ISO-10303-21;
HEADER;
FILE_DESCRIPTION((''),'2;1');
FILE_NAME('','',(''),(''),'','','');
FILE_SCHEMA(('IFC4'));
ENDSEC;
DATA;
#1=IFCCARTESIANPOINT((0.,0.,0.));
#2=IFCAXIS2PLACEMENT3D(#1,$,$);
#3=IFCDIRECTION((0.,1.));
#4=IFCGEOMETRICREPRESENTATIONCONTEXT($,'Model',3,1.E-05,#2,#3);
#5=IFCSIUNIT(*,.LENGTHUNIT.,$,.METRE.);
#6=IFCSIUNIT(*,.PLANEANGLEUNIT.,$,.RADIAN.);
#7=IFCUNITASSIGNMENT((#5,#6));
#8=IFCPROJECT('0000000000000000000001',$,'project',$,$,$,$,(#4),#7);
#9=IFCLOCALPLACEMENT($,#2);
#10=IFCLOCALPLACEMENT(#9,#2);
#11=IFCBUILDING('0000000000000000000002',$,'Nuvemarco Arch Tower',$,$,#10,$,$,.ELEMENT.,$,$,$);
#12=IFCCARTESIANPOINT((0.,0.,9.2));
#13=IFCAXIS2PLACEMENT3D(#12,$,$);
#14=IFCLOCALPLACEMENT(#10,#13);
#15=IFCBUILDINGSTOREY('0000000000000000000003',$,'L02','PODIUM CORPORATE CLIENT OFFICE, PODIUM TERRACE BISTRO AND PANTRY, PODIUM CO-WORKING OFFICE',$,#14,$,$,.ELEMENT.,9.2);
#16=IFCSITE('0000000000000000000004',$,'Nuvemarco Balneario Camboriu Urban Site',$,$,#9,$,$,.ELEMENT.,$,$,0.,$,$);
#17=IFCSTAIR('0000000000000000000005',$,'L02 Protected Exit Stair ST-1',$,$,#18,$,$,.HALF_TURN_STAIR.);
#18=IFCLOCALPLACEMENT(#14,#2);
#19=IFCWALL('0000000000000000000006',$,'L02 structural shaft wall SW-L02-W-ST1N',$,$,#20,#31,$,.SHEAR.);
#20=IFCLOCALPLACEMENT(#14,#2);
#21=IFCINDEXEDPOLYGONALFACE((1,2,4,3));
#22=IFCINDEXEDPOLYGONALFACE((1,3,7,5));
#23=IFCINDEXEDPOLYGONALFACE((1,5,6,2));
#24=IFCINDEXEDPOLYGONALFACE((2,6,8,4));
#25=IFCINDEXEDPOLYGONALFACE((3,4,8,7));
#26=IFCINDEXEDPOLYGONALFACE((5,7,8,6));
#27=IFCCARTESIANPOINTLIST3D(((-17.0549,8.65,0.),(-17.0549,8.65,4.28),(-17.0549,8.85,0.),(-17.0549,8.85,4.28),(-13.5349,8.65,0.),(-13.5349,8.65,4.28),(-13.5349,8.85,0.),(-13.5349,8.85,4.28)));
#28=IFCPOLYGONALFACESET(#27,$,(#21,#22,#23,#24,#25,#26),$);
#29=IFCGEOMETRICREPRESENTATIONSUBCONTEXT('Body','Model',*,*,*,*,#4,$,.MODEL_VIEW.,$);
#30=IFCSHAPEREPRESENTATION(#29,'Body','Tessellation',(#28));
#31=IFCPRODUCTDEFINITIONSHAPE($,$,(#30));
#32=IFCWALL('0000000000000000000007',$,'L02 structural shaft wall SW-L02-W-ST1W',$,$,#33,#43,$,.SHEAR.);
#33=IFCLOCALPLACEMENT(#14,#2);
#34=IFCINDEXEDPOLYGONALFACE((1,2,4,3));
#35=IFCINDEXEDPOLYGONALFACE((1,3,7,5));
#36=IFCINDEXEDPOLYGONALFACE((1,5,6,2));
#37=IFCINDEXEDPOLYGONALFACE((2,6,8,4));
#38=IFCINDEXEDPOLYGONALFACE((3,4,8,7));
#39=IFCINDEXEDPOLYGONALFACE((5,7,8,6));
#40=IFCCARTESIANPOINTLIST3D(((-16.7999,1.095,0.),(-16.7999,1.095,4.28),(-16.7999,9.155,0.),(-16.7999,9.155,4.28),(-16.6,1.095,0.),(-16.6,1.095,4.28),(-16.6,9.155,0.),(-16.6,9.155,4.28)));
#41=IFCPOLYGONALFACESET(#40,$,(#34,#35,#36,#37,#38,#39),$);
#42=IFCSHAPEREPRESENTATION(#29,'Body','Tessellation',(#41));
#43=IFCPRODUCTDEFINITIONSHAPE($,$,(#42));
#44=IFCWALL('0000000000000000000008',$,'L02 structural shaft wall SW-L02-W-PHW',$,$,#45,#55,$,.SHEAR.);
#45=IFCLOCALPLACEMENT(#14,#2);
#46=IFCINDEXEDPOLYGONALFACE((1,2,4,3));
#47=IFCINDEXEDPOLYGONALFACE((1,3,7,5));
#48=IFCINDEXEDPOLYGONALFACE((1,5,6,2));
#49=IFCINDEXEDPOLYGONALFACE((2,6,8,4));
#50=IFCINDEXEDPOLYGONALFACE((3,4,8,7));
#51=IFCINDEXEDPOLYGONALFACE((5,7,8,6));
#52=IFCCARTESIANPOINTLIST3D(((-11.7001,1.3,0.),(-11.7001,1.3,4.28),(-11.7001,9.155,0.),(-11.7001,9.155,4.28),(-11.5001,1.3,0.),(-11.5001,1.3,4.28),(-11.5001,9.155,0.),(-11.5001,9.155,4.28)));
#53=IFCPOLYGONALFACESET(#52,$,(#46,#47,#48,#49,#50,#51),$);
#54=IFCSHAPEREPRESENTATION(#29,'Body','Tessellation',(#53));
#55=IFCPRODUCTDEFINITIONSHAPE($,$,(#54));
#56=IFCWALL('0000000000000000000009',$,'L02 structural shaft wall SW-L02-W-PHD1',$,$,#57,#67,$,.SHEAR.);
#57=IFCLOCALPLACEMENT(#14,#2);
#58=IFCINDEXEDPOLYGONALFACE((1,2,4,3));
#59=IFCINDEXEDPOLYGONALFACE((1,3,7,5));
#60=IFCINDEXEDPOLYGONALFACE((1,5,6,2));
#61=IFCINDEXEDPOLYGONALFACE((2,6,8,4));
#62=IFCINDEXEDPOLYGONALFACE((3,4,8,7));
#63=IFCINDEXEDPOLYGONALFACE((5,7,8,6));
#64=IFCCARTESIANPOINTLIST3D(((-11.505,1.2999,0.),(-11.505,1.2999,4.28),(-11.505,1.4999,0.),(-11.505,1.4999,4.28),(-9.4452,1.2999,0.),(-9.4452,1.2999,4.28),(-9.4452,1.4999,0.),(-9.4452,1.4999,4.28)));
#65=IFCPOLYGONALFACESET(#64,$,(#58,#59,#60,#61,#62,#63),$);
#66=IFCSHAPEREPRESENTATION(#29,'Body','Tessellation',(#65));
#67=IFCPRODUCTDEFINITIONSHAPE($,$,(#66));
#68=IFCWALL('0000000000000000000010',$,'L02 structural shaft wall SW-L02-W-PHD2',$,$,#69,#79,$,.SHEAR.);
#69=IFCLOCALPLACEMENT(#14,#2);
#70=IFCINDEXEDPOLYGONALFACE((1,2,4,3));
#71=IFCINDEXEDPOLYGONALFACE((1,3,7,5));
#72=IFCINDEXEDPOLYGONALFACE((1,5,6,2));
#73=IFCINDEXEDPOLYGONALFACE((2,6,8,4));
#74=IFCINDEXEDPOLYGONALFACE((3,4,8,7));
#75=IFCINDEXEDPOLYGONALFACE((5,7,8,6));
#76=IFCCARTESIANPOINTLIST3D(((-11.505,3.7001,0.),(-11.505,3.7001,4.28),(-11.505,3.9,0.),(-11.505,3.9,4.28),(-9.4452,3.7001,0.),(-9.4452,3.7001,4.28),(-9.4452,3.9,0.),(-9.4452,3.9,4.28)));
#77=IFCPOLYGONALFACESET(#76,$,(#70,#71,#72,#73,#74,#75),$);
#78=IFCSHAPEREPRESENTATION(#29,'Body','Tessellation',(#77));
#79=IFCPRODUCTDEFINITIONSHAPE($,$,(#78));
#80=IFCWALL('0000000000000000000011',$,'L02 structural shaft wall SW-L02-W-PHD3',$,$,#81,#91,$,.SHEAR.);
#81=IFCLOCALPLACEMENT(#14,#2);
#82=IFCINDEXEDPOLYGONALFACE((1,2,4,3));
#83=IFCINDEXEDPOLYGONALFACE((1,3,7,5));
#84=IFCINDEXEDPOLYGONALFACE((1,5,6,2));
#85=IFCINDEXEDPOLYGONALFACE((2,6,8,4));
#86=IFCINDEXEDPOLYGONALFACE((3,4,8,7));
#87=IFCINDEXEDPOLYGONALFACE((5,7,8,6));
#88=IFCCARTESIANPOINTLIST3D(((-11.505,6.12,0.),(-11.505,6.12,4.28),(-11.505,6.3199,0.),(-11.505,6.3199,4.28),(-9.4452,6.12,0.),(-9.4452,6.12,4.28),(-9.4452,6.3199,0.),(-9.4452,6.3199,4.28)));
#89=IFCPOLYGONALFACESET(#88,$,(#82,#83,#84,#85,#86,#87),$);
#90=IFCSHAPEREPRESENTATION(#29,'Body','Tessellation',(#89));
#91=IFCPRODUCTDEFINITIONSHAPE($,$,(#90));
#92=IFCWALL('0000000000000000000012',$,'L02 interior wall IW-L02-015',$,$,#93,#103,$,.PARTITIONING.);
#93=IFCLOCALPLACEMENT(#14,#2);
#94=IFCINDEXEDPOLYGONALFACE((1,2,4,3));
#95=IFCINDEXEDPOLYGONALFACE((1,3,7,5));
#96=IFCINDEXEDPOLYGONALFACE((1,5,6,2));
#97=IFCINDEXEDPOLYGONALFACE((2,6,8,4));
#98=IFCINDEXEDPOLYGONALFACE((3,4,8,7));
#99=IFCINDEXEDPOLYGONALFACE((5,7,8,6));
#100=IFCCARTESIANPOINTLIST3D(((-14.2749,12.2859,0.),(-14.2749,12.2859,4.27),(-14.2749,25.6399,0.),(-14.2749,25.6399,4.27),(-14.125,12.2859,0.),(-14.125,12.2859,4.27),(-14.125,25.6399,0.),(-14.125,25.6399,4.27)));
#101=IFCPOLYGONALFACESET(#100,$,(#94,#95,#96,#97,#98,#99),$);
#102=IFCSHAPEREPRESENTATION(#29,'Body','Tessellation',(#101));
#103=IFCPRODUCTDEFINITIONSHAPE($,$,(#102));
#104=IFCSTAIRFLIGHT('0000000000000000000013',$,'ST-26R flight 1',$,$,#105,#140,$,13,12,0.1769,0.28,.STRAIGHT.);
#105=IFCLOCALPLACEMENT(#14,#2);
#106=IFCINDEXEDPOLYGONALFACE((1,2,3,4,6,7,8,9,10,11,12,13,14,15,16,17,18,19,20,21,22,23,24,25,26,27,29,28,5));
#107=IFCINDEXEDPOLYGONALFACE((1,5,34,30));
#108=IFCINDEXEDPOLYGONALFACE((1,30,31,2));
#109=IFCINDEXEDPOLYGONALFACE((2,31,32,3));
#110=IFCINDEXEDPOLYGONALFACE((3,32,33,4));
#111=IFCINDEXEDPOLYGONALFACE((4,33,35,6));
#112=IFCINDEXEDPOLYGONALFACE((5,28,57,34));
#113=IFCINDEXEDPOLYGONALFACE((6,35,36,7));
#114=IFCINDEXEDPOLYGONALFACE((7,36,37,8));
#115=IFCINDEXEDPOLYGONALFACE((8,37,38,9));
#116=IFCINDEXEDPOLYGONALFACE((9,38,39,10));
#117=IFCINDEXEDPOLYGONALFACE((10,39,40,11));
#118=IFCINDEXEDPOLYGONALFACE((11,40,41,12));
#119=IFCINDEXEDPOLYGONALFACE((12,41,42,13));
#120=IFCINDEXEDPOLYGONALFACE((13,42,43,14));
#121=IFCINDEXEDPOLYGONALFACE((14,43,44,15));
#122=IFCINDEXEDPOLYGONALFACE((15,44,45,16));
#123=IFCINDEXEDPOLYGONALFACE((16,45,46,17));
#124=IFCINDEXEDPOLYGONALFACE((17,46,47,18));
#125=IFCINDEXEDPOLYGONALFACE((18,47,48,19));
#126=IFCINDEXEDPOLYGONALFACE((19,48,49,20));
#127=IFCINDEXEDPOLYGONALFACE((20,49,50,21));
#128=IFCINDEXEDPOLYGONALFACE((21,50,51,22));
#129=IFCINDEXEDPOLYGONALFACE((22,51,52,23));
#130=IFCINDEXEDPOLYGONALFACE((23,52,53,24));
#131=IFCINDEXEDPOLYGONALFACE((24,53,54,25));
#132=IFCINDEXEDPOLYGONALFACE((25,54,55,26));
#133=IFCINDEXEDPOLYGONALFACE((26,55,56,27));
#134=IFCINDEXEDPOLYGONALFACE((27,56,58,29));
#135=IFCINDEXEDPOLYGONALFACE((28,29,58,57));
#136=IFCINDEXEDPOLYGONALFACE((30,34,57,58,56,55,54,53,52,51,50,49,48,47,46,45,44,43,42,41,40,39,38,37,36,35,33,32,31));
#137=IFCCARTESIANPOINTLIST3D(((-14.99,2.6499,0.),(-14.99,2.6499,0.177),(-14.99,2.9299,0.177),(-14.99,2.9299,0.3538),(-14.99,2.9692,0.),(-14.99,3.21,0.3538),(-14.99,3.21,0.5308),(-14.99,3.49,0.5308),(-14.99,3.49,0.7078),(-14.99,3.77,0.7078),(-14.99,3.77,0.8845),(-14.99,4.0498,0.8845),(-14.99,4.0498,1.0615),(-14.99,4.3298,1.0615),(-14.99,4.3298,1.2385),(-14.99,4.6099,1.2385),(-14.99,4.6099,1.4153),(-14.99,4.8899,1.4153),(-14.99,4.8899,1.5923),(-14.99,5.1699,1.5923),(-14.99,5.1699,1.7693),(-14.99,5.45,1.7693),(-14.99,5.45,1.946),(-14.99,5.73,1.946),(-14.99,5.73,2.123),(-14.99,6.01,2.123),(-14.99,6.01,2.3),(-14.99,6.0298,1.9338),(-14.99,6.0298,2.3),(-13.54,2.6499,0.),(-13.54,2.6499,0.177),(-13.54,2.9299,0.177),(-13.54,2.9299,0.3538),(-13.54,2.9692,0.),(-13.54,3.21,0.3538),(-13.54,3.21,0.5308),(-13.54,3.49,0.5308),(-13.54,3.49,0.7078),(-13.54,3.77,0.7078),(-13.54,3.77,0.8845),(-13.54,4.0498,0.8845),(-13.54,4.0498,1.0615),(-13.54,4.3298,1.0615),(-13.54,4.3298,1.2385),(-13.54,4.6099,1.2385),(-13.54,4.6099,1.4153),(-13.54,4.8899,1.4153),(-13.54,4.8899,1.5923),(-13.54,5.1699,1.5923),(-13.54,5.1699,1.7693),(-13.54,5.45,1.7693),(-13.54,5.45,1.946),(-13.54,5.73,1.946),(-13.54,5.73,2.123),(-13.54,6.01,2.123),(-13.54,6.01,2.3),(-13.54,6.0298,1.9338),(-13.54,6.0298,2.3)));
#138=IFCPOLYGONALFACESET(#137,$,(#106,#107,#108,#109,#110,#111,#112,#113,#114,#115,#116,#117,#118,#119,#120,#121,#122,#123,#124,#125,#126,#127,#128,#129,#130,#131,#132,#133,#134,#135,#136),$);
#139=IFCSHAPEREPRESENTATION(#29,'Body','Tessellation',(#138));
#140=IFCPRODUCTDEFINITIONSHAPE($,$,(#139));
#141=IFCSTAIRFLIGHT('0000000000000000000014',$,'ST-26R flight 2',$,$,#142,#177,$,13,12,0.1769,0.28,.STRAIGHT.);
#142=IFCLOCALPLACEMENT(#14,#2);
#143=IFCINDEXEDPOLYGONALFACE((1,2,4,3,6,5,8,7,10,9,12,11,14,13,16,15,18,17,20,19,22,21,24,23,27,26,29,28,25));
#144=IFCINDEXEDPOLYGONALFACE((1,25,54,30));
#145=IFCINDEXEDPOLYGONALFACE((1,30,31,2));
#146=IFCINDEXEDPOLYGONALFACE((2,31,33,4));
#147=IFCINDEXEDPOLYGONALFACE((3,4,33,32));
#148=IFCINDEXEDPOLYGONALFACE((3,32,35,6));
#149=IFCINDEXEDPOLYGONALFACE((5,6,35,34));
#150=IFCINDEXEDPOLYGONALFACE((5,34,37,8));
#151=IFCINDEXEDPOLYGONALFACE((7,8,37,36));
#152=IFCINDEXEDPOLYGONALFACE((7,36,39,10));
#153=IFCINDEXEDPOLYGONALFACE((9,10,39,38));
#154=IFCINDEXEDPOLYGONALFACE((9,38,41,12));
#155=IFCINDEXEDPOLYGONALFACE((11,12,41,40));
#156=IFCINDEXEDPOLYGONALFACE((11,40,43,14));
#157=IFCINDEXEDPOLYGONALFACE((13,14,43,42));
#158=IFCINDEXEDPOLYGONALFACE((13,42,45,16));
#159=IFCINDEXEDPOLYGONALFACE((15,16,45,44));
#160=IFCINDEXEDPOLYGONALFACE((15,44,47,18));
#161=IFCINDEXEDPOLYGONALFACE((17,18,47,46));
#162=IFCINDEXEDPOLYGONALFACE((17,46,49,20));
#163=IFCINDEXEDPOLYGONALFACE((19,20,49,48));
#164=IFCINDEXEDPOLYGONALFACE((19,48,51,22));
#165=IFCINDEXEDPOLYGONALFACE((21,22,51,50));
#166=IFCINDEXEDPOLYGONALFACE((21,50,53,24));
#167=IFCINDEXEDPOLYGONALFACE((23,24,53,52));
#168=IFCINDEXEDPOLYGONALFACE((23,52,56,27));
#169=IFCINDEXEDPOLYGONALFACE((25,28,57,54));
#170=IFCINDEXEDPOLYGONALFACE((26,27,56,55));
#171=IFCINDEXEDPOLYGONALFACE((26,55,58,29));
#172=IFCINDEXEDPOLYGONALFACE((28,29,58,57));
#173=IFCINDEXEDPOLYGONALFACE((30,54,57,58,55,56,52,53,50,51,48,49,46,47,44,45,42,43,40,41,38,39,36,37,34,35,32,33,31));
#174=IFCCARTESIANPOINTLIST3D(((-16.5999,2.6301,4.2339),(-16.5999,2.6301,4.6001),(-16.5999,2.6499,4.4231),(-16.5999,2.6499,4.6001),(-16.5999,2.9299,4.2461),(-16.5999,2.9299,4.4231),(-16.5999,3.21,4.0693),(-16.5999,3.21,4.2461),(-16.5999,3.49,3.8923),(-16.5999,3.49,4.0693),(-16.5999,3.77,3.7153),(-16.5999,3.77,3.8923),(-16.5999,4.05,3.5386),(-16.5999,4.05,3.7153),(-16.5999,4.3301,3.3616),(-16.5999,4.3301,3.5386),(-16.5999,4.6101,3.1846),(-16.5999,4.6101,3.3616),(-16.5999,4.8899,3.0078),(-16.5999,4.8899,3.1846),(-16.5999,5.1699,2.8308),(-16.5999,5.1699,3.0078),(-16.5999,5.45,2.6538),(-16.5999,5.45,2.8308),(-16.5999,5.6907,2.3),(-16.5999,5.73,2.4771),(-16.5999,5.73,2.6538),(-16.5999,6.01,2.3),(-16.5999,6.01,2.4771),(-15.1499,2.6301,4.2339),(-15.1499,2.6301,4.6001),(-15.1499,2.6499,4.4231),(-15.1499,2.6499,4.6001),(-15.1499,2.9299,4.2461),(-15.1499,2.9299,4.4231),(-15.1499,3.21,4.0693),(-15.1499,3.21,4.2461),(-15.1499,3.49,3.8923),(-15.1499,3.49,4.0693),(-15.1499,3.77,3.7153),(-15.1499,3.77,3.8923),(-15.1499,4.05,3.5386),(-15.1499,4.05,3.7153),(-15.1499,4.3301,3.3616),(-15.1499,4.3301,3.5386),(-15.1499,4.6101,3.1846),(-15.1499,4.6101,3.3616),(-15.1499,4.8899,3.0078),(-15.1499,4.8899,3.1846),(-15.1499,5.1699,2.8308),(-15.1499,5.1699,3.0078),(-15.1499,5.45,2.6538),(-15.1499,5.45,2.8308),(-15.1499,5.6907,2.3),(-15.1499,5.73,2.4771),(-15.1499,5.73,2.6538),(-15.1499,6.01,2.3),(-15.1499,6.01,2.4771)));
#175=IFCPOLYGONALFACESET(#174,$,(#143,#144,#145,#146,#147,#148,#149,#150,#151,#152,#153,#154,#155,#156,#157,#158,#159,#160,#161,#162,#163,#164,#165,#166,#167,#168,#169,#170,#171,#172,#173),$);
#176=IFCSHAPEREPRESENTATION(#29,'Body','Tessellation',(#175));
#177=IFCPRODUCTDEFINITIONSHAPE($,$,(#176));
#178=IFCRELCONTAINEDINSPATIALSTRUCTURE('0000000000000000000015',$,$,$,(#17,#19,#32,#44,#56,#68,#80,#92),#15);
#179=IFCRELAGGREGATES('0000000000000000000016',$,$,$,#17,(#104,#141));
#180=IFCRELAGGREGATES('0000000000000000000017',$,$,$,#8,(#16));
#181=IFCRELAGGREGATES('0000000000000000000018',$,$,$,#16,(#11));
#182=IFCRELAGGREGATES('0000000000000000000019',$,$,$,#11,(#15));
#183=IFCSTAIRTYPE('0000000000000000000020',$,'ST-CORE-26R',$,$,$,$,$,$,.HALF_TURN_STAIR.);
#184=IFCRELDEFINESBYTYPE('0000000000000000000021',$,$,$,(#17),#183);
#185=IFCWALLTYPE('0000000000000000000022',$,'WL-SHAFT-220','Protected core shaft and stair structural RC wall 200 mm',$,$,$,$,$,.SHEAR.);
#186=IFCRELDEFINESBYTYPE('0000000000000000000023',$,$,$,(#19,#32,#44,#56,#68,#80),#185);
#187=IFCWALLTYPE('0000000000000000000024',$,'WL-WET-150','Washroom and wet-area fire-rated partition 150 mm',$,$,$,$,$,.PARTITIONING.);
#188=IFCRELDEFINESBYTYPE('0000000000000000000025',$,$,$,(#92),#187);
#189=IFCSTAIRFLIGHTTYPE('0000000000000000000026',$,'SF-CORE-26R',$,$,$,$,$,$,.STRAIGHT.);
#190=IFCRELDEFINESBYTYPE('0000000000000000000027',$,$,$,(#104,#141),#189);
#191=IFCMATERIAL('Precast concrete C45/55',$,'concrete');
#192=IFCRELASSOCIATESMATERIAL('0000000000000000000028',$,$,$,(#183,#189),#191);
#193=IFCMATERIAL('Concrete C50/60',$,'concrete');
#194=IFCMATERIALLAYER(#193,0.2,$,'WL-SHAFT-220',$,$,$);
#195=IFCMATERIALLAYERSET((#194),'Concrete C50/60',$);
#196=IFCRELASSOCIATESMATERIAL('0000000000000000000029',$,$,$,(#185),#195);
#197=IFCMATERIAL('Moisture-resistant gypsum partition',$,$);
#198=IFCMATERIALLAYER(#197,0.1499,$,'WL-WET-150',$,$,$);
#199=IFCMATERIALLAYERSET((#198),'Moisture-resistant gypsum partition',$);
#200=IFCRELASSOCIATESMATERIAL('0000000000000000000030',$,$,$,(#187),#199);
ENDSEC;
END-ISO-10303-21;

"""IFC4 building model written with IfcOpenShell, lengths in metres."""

from ifc_helpers import new_model, si_unit, direction, frame, frame_2d, origin, place, context, subcontext, project, spatial, polyline, rectangle, outline, extrude, material, layer, layer_set, type_object, element, aggregate, save


model = new_model("IFC4")

# Units and contexts
model_context = context("Model", 3, precision=1e-05, world=origin(), true_north=direction((0.0, 1.0)))
body_context = subcontext(model_context, "Body", "Model", "MODEL_VIEW")
ifc_project = project(units=[si_unit("LENGTHUNIT", "METRE"), si_unit("PLANEANGLEUNIT", "RADIAN")], contexts=[model_context])

# Site, building, storey
site_placement = place(None, origin())
site = spatial("IfcSite", under=ifc_project, at=site_placement, Name="Nuvemarco Balneario Camboriu Urban Site", CompositionType="ELEMENT", RefElevation=0.0)
building_placement = place(site_placement, origin())
building = spatial("IfcBuilding", under=site, at=building_placement, Name="Nuvemarco Arch Tower", CompositionType="ELEMENT")
storey_placement = place(building_placement, frame((0.0, 0.0, 9.2)))
storey = spatial("IfcBuildingStorey", under=building, at=storey_placement, Name="L02", Description="PODIUM CORPORATE CLIENT OFFICE, PODIUM TERRACE BISTRO AND PANTRY, PODIUM CO-WORKING OFFICE", CompositionType="ELEMENT", Elevation=9.2)

# Shared definitions
ifc_material_1 = material(Name="Concrete C50/60", Category="concrete")

# Stair
ifc_material_2 = material(Name="Precast concrete C45/55", Category="concrete")
stair_type = type_object("IfcStairType", Name="ST-CORE-26R", PredefinedType="HALF_TURN_STAIR", material=ifc_material_2)
stair_1_placement = place(storey_placement, origin())
stair_1 = element("IfcStair", 1, at=stair_1_placement, inside=storey, type_object=stair_type, Name="L02 Protected Exit Stair ST-1", PredefinedType="HALF_TURN_STAIR")

# Shared definitions
ifc_layer_1 = layer(ifc_material_1, 0.2, Name="WL-SHAFT-220")
ifc_layer_set_1 = layer_set([ifc_layer_1], Name="Concrete C50/60")
wall_type_1 = type_object("IfcWallType", Name="WL-SHAFT-220", Description="Protected core shaft and stair structural RC wall 200 mm", PredefinedType="SHEAR", material=ifc_layer_set_1)

# Walls
for number, where, z_axis, x_axis, name in (
    (2, (-17.0549, 8.75, 0.0), (0.0, 0.0, 1.0), (1.0, 0.0, 0.0), "L02 structural shaft wall SW-L02-W-ST1N"),
):
    element("IfcWall", number, at=place(storey_placement, frame(where, z_axis=z_axis, x_axis=x_axis)), inside=storey, type_object=wall_type_1, Name=name, PredefinedType="SHEAR", context=body_context, shape_type="SweptSolid", body=[
        extrude(rectangle(XDim=3.52, YDim=0.2, at=frame_2d((1.76, 0.0))), origin(), (0.0, 0.0, 1.0), 4.28),
    ])
wall_1_placement = place(storey_placement, frame((-16.7, 1.095, 0.0), z_axis=(0.0, 0.0, 1.0), x_axis=(0.0, 1.0, 0.0)))
element("IfcWall", 3, at=wall_1_placement, inside=storey, type_object=wall_type_1, Name="L02 structural shaft wall SW-L02-W-ST1W", PredefinedType="SHEAR", context=body_context, shape_type="SweptSolid", body=[
    extrude(rectangle(XDim=8.0601, YDim=0.2, at=frame_2d((4.03, 0.0))), origin(), (0.0, 0.0, 1.0), 4.28),
])
wall_2_placement = place(storey_placement, frame((-11.6001, 1.3, 0.0), z_axis=(0.0, 0.0, 1.0), x_axis=(0.0, 1.0, 0.0)))
element("IfcWall", 4, at=wall_2_placement, inside=storey, type_object=wall_type_1, Name="L02 structural shaft wall SW-L02-W-PHW", PredefinedType="SHEAR", context=body_context, shape_type="SweptSolid", body=[
    extrude(rectangle(XDim=7.855, YDim=0.2, at=frame_2d((3.9275, 0.0))), origin(), (0.0, 0.0, 1.0), 4.28),
])
for number, where, z_axis, x_axis, name in (
    (5, (-11.5049, 1.3999, 0.0), (0.0, 0.0, 1.0), (1.0, 0.0, 0.0), "L02 structural shaft wall SW-L02-W-PHD1"),
    (6, (-11.5049, 3.8, 0.0), (0.0, 0.0, 1.0), (1.0, 0.0, 0.0), "L02 structural shaft wall SW-L02-W-PHD2"),
    (7, (-11.5049, 6.22, 0.0), (0.0, 0.0, 1.0), (1.0, 0.0, 0.0), "L02 structural shaft wall SW-L02-W-PHD3"),
):
    element("IfcWall", number, at=place(storey_placement, frame(where, z_axis=z_axis, x_axis=x_axis)), inside=storey, type_object=wall_type_1, Name=name, PredefinedType="SHEAR", context=body_context, shape_type="SweptSolid", body=[
        extrude(rectangle(XDim=2.0598, YDim=0.2, at=frame_2d((1.0298, 0.0))), origin(), (0.0, 0.0, 1.0), 4.28),
    ])
ifc_material_3 = material(Name="Moisture-resistant gypsum partition")
ifc_layer_2 = layer(ifc_material_3, 0.1499, Name="WL-WET-150")
ifc_layer_set_2 = layer_set([ifc_layer_2], Name="Moisture-resistant gypsum partition")
wall_type_2 = type_object("IfcWallType", Name="WL-WET-150", Description="Washroom and wet-area fire-rated partition 150 mm", PredefinedType="PARTITIONING", material=ifc_layer_set_2)
wall_3_placement = place(storey_placement, frame((-14.2, 12.2859, 0.0), z_axis=(0.0, 0.0, 1.0), x_axis=(0.0, 1.0, 0.0)))
element("IfcWall", 8, at=wall_3_placement, inside=storey, type_object=wall_type_2, Name="L02 interior wall IW-L02-015", PredefinedType="PARTITIONING", context=body_context, shape_type="SweptSolid", body=[
    extrude(rectangle(XDim=13.354, YDim=0.1499, at=frame_2d((6.677, 0.0))), origin(), (0.0, 0.0, 1.0), 4.27),
])

# Stair flights
stair_flight_type = type_object("IfcStairFlightType", Name="SF-CORE-26R", PredefinedType="STRAIGHT", material=ifc_material_2)
stair_flight_1_placement = place(storey_placement, frame((-14.2649, 2.6499, 0.0), z_axis=(0.0, 0.0, 1.0), x_axis=(0.0, 1.0, 0.0)))
stair_flight_1 = element("IfcStairFlight", 9, at=stair_flight_1_placement, type_object=stair_flight_type, Name="ST-26R flight 1", NumberOfRisers=13, NumberOfTreads=12, PredefinedType="STRAIGHT", RiserHeight=0.1769, TreadLength=0.28, context=body_context, shape_type="SweptSolid", body=[
    extrude(outline(polyline([(0.0, 0.0), (0.0, 0.177), (0.28, 0.177), (0.28, 0.3538), (0.5601, 0.3538), (0.5601, 0.5308), (0.8401, 0.5308), (0.8401, 0.7078), (1.1201, 0.7078), (1.1201, 0.8845), (1.3999, 0.8845), (1.3999, 1.0615), (1.6799, 1.0615), (1.6799, 1.2385), (1.96, 1.2385), (1.96, 1.4153), (2.24, 1.4153), (2.24, 1.5923), (2.52, 1.5923), (2.52, 1.7693), (2.8, 1.7693), (2.8, 1.946), (3.0801, 1.946), (3.0801, 2.123), (3.3601, 2.123), (3.3601, 2.3), (3.3799, 2.3), (3.3799, 1.9338), (0.3193, 0.0), (0.0, 0.0)])), frame((0.0, 0.7251, 0.0), z_axis=(0.0, -1.0, 0.0), x_axis=(1.0, 0.0, 0.0)), (0.0, 0.0, 1.0), 1.45),
])
stair_flight_2_placement = place(storey_placement, frame((-15.875, 6.01, 2.3), z_axis=(0.0, 0.0, 1.0), x_axis=(0.0, -1.0, 0.0)))
stair_flight_2 = element("IfcStairFlight", 10, at=stair_flight_2_placement, type_object=stair_flight_type, Name="ST-26R flight 2", NumberOfRisers=13, NumberOfTreads=12, PredefinedType="STRAIGHT", RiserHeight=0.1769, TreadLength=0.28, context=body_context, shape_type="SweptSolid", body=[
    extrude(outline(polyline([(0.0, 0.0), (0.0, 0.177), (0.28, 0.177), (0.28, 0.3538), (0.5601, 0.3538), (0.5601, 0.5308), (0.8401, 0.5308), (0.8401, 0.7078), (1.1201, 0.7078), (1.1201, 0.8845), (1.3999, 0.8845), (1.3999, 1.0615), (1.6799, 1.0615), (1.6799, 1.2385), (1.96, 1.2385), (1.96, 1.4153), (2.24, 1.4153), (2.24, 1.5923), (2.52, 1.5923), (2.52, 1.7693), (2.8, 1.7693), (2.8, 1.946), (3.0801, 1.946), (3.0801, 2.123), (3.3601, 2.123), (3.3601, 2.3), (3.3799, 2.3), (3.3799, 1.9338), (0.3193, 0.0), (0.0, 0.0)])), frame((0.0, 0.7251, 0.0), z_axis=(0.0, -1.0, 0.0), x_axis=(1.0, 0.0, 0.0)), (0.0, 0.0, 1.0), 1.45),
])
aggregate(stair_1, [stair_flight_1, stair_flight_2])

save(model, "model.ifc")
